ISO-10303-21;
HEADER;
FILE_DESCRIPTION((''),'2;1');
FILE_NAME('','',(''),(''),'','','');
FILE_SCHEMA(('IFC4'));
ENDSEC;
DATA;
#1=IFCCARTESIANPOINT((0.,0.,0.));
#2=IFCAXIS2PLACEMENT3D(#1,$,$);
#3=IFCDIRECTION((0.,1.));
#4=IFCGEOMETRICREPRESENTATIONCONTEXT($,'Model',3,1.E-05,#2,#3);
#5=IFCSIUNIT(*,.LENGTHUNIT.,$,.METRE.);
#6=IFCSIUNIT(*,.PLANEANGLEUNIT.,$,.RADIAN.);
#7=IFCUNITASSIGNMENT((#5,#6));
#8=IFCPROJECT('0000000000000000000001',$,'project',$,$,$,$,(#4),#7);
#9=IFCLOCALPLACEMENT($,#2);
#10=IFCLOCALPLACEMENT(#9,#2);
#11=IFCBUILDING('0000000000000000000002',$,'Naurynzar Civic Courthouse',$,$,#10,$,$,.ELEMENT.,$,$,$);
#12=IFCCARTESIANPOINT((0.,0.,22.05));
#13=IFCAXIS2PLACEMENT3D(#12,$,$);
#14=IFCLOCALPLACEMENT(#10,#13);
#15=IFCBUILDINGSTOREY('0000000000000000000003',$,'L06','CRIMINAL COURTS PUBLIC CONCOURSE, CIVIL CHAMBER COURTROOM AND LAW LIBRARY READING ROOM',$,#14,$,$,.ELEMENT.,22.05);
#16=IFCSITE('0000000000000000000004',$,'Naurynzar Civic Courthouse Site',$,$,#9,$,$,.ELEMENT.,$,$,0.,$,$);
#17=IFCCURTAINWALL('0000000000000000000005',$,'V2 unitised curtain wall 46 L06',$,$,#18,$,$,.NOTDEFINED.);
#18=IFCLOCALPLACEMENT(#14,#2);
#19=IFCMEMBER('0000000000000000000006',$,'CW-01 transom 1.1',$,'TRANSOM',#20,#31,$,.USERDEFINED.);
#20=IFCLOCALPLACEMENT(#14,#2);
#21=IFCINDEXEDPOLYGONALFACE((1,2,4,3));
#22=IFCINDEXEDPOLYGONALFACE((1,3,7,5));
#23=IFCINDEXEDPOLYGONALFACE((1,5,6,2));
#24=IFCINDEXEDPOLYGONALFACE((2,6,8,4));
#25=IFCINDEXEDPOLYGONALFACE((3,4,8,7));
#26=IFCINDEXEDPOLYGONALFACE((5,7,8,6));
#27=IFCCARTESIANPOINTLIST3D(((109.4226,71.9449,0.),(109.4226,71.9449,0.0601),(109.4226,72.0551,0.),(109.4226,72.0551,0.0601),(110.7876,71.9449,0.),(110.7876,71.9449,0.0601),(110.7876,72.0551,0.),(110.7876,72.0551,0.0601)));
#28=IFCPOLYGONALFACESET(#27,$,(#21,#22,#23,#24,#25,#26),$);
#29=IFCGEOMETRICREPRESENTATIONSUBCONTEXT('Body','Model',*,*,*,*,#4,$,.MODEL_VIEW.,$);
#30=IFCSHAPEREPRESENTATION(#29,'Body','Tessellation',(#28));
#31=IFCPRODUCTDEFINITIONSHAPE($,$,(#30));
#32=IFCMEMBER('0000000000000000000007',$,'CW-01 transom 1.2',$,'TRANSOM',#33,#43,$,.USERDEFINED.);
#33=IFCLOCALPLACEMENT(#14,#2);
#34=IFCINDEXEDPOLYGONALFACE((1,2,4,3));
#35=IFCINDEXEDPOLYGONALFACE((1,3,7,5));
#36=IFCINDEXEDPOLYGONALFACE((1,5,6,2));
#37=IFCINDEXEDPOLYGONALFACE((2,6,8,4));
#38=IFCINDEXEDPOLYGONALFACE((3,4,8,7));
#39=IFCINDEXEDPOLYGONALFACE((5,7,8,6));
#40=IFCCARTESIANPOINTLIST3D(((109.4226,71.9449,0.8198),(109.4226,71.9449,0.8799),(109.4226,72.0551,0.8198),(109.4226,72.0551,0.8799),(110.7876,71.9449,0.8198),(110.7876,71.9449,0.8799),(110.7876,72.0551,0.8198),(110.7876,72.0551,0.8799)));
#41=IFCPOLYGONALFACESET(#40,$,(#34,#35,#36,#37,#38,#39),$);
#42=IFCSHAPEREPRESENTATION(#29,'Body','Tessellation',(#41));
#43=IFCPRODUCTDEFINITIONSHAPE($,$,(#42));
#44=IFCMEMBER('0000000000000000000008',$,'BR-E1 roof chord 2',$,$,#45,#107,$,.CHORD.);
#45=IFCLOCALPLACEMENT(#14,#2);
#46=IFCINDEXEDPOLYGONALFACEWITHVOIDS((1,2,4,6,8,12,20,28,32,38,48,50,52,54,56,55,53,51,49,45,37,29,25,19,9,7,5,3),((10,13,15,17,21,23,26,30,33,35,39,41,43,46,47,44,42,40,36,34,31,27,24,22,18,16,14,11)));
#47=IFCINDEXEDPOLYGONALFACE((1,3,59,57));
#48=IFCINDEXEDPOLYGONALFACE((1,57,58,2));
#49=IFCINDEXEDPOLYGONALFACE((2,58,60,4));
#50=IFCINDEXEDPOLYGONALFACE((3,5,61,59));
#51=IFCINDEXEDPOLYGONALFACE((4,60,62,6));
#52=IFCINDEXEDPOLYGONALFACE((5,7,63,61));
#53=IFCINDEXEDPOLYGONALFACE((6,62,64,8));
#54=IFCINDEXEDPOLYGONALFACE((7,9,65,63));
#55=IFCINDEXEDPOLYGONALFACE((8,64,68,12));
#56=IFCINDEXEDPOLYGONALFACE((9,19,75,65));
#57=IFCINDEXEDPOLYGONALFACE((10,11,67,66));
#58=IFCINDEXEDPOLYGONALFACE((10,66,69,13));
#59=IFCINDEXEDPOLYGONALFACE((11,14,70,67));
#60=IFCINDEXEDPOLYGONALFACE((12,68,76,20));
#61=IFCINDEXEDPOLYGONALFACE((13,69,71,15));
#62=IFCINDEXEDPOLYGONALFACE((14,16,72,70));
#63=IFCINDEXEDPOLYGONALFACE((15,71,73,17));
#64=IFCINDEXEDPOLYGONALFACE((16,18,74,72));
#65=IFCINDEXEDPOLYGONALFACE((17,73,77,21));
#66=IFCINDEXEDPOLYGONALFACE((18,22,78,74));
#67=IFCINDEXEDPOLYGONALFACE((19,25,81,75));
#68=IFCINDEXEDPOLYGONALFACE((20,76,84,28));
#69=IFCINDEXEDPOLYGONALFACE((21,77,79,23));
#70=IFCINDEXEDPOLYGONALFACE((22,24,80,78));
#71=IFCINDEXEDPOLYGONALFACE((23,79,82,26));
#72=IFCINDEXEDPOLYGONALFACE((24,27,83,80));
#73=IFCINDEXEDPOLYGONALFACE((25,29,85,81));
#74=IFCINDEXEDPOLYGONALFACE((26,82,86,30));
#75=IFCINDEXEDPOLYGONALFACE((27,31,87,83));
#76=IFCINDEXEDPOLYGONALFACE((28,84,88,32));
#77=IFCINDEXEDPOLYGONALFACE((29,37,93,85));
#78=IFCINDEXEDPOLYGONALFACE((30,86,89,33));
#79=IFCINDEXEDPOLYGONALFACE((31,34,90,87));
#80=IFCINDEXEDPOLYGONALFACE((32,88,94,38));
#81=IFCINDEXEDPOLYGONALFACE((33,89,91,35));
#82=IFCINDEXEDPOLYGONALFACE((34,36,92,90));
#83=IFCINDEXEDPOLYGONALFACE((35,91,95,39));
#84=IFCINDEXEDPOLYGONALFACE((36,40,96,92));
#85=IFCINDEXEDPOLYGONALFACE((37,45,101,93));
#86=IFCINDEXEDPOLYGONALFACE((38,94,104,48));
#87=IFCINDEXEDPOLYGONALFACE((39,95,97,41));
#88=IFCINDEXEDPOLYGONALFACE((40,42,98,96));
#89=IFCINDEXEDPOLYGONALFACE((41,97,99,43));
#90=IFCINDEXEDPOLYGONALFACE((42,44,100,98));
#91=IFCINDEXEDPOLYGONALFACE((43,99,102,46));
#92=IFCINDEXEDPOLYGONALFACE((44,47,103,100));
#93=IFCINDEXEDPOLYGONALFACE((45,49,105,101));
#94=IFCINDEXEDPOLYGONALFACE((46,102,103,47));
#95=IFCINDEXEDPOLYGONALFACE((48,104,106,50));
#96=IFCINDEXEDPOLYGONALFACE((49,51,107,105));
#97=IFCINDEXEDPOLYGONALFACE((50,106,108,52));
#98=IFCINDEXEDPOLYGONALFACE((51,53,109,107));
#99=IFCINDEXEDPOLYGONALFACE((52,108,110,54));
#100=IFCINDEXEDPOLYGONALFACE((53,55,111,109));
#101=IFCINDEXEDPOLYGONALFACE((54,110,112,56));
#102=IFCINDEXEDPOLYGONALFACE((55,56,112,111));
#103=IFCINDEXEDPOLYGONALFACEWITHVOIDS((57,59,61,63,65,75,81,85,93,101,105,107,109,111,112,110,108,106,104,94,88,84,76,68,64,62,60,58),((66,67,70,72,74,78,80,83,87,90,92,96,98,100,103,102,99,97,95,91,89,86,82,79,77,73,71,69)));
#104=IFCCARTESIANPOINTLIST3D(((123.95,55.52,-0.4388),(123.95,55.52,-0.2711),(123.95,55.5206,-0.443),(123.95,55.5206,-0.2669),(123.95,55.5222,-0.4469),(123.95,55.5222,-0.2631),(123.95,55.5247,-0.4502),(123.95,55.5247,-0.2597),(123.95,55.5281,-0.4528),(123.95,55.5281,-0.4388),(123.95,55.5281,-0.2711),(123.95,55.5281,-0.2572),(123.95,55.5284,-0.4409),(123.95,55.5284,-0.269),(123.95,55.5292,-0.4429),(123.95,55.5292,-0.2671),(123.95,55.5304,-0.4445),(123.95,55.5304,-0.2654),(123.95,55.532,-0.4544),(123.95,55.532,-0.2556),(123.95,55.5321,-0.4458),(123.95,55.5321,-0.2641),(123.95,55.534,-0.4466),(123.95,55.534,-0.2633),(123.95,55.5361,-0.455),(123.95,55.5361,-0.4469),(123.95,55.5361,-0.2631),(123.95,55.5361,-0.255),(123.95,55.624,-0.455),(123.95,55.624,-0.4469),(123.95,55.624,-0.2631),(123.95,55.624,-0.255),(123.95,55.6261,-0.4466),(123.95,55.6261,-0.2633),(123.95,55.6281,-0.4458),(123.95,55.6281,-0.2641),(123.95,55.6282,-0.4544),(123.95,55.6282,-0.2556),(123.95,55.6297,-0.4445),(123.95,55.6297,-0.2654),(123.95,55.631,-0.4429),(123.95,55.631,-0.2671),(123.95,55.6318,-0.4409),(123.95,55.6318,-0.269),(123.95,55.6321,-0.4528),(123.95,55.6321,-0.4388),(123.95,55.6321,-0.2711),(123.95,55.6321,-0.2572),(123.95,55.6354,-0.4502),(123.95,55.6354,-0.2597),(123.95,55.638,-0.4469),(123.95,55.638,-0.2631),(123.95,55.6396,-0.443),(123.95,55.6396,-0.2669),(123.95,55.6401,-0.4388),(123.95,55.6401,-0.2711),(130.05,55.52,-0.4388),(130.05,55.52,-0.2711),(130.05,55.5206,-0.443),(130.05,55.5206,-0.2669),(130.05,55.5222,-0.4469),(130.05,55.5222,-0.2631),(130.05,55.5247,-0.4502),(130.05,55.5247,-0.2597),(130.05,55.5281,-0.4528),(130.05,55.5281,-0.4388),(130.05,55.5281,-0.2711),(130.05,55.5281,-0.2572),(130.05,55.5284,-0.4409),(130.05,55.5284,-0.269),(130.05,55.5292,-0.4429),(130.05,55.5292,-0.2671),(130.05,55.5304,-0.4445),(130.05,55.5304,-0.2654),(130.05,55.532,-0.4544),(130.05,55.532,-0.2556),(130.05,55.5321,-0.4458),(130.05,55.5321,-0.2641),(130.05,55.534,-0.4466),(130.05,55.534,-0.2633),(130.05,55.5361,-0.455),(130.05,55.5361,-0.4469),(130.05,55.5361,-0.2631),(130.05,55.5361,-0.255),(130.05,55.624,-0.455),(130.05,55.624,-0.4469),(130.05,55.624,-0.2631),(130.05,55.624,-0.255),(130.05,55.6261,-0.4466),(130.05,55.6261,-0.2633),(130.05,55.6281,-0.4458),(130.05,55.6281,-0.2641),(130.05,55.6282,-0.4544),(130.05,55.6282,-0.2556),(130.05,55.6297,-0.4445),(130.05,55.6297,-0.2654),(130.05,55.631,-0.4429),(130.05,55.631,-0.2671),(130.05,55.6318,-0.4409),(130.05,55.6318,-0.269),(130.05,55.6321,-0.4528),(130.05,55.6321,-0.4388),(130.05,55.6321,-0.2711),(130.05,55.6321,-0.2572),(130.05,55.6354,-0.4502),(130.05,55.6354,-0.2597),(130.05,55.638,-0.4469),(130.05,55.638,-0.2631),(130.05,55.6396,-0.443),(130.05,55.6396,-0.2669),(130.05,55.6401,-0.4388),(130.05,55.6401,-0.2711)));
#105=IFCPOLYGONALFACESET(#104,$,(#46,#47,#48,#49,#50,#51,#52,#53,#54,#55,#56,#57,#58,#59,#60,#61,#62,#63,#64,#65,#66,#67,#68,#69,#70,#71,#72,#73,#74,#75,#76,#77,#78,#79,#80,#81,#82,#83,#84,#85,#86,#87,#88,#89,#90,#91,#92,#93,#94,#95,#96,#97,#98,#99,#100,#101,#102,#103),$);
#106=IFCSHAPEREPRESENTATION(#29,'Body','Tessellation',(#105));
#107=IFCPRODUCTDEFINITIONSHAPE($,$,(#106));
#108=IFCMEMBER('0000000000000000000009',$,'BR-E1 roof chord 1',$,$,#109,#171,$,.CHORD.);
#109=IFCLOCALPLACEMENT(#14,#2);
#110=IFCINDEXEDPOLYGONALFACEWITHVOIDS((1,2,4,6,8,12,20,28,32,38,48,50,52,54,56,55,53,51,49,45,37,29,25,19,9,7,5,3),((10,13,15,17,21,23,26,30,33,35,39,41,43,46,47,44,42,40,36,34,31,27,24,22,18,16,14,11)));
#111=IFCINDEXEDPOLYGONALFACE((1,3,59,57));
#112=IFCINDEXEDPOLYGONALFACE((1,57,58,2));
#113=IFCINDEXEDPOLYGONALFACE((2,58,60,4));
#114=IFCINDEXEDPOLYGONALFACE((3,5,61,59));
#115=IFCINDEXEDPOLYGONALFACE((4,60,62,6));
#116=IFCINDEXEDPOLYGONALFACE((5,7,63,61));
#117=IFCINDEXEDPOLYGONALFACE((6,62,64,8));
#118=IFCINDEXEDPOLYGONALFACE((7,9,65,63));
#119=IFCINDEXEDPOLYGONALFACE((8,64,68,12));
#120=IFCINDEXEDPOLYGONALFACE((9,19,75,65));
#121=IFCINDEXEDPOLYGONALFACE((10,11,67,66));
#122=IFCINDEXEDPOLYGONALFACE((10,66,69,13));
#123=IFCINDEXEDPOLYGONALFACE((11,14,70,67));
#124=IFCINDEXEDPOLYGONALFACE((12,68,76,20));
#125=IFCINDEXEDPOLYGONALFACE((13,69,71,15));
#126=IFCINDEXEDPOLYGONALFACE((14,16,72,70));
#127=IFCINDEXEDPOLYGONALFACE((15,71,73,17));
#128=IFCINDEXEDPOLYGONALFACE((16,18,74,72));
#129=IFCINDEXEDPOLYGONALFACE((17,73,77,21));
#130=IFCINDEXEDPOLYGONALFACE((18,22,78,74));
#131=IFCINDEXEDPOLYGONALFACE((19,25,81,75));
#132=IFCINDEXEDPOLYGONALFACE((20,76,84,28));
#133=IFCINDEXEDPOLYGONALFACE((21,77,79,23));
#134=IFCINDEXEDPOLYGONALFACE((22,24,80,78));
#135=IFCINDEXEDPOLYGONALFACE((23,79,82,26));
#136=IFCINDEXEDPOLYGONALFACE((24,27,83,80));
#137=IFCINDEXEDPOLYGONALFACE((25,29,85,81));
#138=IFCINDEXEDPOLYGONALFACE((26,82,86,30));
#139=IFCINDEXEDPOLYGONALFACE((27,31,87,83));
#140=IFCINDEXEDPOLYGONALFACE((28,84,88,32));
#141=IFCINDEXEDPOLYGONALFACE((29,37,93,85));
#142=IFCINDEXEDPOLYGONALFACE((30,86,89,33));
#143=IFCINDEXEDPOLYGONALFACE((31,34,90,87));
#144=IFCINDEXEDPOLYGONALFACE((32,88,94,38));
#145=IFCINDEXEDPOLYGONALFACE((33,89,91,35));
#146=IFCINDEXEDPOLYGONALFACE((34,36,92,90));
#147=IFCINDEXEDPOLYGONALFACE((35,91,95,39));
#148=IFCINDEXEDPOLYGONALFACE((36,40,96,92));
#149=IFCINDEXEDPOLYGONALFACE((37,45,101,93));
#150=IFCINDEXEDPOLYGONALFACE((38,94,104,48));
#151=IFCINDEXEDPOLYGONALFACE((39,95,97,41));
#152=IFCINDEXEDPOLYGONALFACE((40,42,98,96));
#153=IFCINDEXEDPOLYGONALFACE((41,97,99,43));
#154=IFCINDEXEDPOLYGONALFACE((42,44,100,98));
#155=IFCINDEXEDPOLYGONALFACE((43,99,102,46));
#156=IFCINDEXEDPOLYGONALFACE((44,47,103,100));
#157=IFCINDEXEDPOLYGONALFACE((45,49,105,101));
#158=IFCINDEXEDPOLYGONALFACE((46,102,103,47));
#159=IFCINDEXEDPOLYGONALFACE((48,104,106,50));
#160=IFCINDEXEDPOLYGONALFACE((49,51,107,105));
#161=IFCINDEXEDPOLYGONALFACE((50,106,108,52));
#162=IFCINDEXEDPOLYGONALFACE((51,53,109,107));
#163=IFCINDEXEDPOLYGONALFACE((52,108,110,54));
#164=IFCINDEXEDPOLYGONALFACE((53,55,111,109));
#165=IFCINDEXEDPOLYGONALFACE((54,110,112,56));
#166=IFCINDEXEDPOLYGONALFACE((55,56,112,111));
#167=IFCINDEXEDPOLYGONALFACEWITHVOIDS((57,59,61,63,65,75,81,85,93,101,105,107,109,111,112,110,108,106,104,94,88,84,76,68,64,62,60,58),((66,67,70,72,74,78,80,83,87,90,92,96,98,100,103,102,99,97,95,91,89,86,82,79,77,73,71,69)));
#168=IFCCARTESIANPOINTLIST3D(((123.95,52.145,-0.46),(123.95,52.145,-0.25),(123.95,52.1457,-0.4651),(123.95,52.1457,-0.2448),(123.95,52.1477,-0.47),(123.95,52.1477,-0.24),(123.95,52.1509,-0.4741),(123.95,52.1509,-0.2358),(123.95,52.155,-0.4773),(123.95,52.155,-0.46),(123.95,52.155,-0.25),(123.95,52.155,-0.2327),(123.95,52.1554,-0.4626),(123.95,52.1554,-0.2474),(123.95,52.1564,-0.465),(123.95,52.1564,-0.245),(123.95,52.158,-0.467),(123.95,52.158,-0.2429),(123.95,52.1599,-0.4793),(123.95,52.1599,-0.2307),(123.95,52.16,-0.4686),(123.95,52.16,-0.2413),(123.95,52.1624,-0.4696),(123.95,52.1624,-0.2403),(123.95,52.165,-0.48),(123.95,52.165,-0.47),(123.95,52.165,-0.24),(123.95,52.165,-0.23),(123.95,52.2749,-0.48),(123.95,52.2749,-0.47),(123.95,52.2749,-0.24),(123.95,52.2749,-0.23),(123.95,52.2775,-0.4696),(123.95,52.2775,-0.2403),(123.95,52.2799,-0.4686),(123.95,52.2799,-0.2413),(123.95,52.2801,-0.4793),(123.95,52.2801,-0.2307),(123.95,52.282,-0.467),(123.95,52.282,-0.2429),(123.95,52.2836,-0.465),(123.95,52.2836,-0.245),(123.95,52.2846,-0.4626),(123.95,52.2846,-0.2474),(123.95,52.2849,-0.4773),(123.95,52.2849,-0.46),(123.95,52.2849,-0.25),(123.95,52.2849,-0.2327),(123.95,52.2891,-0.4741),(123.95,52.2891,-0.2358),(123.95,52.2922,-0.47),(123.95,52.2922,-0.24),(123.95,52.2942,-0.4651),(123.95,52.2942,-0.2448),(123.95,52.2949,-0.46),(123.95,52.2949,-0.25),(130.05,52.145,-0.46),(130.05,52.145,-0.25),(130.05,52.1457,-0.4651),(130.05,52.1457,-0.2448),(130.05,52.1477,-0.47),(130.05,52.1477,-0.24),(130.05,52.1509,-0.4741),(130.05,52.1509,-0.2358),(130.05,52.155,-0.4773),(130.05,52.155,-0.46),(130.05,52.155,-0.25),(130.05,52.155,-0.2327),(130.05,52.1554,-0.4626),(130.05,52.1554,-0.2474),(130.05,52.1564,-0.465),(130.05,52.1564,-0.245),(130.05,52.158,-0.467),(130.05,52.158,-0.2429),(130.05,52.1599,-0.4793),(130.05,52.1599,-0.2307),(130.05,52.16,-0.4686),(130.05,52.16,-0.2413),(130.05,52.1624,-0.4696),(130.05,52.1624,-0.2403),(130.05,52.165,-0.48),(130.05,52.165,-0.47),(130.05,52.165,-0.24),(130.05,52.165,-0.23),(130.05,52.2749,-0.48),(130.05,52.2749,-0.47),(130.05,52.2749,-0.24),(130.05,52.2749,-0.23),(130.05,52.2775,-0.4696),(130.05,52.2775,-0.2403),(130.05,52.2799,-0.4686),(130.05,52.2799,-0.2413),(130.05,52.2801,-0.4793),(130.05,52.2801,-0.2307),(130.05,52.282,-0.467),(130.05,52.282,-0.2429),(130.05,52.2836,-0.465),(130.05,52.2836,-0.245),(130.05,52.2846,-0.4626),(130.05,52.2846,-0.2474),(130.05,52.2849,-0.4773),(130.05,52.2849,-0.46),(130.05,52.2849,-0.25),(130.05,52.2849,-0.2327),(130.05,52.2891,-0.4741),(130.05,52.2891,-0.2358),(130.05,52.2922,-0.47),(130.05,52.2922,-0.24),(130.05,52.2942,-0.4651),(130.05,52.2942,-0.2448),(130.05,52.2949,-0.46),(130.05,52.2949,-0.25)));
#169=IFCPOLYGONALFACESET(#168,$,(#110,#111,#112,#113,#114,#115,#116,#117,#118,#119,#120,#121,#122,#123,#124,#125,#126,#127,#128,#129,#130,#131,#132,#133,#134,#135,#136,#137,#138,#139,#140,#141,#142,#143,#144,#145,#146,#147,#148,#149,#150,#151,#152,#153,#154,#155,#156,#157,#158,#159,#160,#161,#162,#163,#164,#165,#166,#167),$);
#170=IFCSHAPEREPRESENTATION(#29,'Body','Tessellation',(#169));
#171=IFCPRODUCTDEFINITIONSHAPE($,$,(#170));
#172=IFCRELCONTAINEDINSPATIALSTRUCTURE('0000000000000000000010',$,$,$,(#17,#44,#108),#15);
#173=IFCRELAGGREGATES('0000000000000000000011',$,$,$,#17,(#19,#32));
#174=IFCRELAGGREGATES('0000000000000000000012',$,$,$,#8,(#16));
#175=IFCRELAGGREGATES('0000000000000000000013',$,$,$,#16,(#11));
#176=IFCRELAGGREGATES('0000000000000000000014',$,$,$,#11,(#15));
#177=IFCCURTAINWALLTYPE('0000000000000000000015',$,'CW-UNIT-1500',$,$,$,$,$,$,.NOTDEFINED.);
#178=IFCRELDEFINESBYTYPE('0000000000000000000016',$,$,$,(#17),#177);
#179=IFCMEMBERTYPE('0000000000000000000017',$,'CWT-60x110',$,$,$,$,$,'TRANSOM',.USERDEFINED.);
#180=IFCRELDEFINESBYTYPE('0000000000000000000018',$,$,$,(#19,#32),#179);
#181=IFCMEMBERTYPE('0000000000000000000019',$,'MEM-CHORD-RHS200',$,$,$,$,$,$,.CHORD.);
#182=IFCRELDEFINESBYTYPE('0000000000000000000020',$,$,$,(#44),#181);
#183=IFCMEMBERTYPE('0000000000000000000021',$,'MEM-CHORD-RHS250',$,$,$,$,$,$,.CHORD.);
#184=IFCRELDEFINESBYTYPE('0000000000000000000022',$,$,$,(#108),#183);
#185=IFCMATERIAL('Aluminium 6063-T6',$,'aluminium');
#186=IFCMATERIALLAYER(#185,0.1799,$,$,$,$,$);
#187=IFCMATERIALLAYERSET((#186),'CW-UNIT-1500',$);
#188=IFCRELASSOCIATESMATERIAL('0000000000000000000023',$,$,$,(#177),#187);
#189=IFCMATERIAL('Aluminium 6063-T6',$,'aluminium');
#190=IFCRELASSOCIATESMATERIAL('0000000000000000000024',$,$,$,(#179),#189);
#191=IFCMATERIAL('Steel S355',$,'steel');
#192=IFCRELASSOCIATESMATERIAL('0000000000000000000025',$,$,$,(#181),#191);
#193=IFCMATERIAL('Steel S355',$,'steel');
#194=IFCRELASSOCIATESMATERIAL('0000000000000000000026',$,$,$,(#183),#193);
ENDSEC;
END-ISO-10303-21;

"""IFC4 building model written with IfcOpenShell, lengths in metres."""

from ifc_helpers import new_model, si_unit, direction, frame, origin, origin_2d, place, context, subcontext, project, spatial, rectangle, hollow_rectangle, extrude, material, layer, layer_set, material_profile, profile_set, type_object, element, aggregate, save


model = new_model("IFC4")

# Units and contexts
model_context = context("Model", 3, precision=1e-05, world=origin(), true_north=direction((0.0, 1.0)))
body_context = subcontext(model_context, "Body", "Model", "MODEL_VIEW")
ifc_project = project(units=[si_unit("LENGTHUNIT", "METRE"), si_unit("PLANEANGLEUNIT", "RADIAN")], contexts=[model_context])

# Site, building, storey
site_placement = place(None, origin())
site = spatial("IfcSite", under=ifc_project, at=site_placement, Name="Naurynzar Civic Courthouse Site", CompositionType="ELEMENT", RefElevation=0.0)
building_placement = place(site_placement, origin())
building = spatial("IfcBuilding", under=site, at=building_placement, Name="Naurynzar Civic Courthouse", CompositionType="ELEMENT")
storey_placement = place(building_placement, frame((0.0, 0.0, 22.05)))
storey = spatial("IfcBuildingStorey", under=building, at=storey_placement, Name="L06", Description="CRIMINAL COURTS PUBLIC CONCOURSE, CIVIL CHAMBER COURTROOM AND LAW LIBRARY READING ROOM", CompositionType="ELEMENT", Elevation=22.05)

# Curtain wall, members
ifc_material_1 = material(Name="Aluminium 6063-T6", Category="aluminium")
ifc_layer_1 = layer(ifc_material_1, 0.1799)
ifc_layer_set_1 = layer_set([ifc_layer_1], Name="CW-UNIT-1500")
curtain_wall_type = type_object("IfcCurtainWallType", Name="CW-UNIT-1500", PredefinedType="NOTDEFINED", material=ifc_layer_set_1)
curtain_wall_placement = place(storey_placement, origin())
curtain_wall = element("IfcCurtainWall", 1, at=curtain_wall_placement, inside=storey, type_object=curtain_wall_type, Name="V2 unitised curtain wall 46 L06", PredefinedType="NOTDEFINED")
ifc_material_2 = material(Name="Aluminium 6063-T6", Category="aluminium")
ifc_material_profile_1 = material_profile(ifc_material_2, rectangle(XDim=0.1101, YDim=0.0601, at=origin_2d()), Name="ALU TRANSOM 60x110")
ifc_profile_set_1 = profile_set([ifc_material_profile_1], Name="Aluminium 6063-T6")
member_type_1 = type_object("IfcMemberType", Name="CWT-60x110", ElementType="TRANSOM", PredefinedType="USERDEFINED", material=ifc_profile_set_1)
member_1_placement = place(storey_placement, frame((109.4226, 72.0, 0.03), z_axis=(1.0, 0.0, 0.0), x_axis=(0.0, 1.0, 0.0)))
member_1 = element("IfcMember", 2, at=member_1_placement, type_object=member_type_1, Name="CW-01 transom 1.1", ObjectType="TRANSOM", PredefinedType="USERDEFINED", context=body_context, shape_type="SweptSolid", body=[
    extrude(rectangle(XDim=0.1101, YDim=0.0601, at=origin_2d()), origin(), (0.0, 0.0, 1.0), 1.365),
])
member_2_placement = place(storey_placement, frame((109.4226, 72.0, 0.8499), z_axis=(1.0, 0.0, 0.0), x_axis=(0.0, 1.0, 0.0)))
member_2 = element("IfcMember", 3, at=member_2_placement, type_object=member_type_1, Name="CW-01 transom 1.2", ObjectType="TRANSOM", PredefinedType="USERDEFINED", context=body_context, shape_type="SweptSolid", body=[
    extrude(rectangle(XDim=0.1101, YDim=0.0601, at=origin_2d()), origin(), (0.0, 0.0, 1.0), 1.365),
])
aggregate(curtain_wall, [member_1, member_2])

# Members
ifc_material_3 = material(Name="Steel S355", Category="steel")
ifc_material_profile_2 = material_profile(ifc_material_3, hollow_rectangle(XDim=0.1201, YDim=0.2, WallThickness=0.0081, InnerFilletRadius=0.0081, OuterFilletRadius=0.0161, at=origin_2d()), Name="RHS 200x120x8")
ifc_profile_set_2 = profile_set([ifc_material_profile_2], Name="Steel S355")
member_type_2 = type_object("IfcMemberType", Name="MEM-CHORD-RHS200", PredefinedType="CHORD", material=ifc_profile_set_2)
member_3_placement = place(storey_placement, frame((123.95, 55.5801, -0.355), z_axis=(1.0, 0.0, 0.0), x_axis=(0.0, 1.0, 0.0)))
element("IfcMember", 4, at=member_3_placement, inside=storey, type_object=member_type_2, Name="BR-E1 roof chord 2", PredefinedType="CHORD", context=body_context, shape_type="SweptSolid", body=[
    extrude(hollow_rectangle(XDim=0.1201, YDim=0.2, WallThickness=0.0081, InnerFilletRadius=0.0081, OuterFilletRadius=0.0161, at=origin_2d()), origin(), (0.0, 0.0, 1.0), 6.1001),
])
ifc_material_4 = material(Name="Steel S355", Category="steel")
ifc_material_profile_3 = material_profile(ifc_material_4, hollow_rectangle(XDim=0.1499, YDim=0.25, WallThickness=0.01, InnerFilletRadius=0.01, OuterFilletRadius=0.02, at=origin_2d()), Name="RHS 250x150x10")
ifc_profile_set_3 = profile_set([ifc_material_profile_3], Name="Steel S355")
member_type_3 = type_object("IfcMemberType", Name="MEM-CHORD-RHS250", PredefinedType="CHORD", material=ifc_profile_set_3)
member_4_placement = place(storey_placement, frame((123.95, 52.22, -0.355), z_axis=(1.0, 0.0, 0.0), x_axis=(0.0, 1.0, 0.0)))
element("IfcMember", 5, at=member_4_placement, inside=storey, type_object=member_type_3, Name="BR-E1 roof chord 1", PredefinedType="CHORD", context=body_context, shape_type="SweptSolid", body=[
    extrude(hollow_rectangle(XDim=0.1499, YDim=0.25, WallThickness=0.01, InnerFilletRadius=0.01, OuterFilletRadius=0.02, at=origin_2d()), origin(), (0.0, 0.0, 1.0), 6.1001),
])

save(model, "model.ifc")
